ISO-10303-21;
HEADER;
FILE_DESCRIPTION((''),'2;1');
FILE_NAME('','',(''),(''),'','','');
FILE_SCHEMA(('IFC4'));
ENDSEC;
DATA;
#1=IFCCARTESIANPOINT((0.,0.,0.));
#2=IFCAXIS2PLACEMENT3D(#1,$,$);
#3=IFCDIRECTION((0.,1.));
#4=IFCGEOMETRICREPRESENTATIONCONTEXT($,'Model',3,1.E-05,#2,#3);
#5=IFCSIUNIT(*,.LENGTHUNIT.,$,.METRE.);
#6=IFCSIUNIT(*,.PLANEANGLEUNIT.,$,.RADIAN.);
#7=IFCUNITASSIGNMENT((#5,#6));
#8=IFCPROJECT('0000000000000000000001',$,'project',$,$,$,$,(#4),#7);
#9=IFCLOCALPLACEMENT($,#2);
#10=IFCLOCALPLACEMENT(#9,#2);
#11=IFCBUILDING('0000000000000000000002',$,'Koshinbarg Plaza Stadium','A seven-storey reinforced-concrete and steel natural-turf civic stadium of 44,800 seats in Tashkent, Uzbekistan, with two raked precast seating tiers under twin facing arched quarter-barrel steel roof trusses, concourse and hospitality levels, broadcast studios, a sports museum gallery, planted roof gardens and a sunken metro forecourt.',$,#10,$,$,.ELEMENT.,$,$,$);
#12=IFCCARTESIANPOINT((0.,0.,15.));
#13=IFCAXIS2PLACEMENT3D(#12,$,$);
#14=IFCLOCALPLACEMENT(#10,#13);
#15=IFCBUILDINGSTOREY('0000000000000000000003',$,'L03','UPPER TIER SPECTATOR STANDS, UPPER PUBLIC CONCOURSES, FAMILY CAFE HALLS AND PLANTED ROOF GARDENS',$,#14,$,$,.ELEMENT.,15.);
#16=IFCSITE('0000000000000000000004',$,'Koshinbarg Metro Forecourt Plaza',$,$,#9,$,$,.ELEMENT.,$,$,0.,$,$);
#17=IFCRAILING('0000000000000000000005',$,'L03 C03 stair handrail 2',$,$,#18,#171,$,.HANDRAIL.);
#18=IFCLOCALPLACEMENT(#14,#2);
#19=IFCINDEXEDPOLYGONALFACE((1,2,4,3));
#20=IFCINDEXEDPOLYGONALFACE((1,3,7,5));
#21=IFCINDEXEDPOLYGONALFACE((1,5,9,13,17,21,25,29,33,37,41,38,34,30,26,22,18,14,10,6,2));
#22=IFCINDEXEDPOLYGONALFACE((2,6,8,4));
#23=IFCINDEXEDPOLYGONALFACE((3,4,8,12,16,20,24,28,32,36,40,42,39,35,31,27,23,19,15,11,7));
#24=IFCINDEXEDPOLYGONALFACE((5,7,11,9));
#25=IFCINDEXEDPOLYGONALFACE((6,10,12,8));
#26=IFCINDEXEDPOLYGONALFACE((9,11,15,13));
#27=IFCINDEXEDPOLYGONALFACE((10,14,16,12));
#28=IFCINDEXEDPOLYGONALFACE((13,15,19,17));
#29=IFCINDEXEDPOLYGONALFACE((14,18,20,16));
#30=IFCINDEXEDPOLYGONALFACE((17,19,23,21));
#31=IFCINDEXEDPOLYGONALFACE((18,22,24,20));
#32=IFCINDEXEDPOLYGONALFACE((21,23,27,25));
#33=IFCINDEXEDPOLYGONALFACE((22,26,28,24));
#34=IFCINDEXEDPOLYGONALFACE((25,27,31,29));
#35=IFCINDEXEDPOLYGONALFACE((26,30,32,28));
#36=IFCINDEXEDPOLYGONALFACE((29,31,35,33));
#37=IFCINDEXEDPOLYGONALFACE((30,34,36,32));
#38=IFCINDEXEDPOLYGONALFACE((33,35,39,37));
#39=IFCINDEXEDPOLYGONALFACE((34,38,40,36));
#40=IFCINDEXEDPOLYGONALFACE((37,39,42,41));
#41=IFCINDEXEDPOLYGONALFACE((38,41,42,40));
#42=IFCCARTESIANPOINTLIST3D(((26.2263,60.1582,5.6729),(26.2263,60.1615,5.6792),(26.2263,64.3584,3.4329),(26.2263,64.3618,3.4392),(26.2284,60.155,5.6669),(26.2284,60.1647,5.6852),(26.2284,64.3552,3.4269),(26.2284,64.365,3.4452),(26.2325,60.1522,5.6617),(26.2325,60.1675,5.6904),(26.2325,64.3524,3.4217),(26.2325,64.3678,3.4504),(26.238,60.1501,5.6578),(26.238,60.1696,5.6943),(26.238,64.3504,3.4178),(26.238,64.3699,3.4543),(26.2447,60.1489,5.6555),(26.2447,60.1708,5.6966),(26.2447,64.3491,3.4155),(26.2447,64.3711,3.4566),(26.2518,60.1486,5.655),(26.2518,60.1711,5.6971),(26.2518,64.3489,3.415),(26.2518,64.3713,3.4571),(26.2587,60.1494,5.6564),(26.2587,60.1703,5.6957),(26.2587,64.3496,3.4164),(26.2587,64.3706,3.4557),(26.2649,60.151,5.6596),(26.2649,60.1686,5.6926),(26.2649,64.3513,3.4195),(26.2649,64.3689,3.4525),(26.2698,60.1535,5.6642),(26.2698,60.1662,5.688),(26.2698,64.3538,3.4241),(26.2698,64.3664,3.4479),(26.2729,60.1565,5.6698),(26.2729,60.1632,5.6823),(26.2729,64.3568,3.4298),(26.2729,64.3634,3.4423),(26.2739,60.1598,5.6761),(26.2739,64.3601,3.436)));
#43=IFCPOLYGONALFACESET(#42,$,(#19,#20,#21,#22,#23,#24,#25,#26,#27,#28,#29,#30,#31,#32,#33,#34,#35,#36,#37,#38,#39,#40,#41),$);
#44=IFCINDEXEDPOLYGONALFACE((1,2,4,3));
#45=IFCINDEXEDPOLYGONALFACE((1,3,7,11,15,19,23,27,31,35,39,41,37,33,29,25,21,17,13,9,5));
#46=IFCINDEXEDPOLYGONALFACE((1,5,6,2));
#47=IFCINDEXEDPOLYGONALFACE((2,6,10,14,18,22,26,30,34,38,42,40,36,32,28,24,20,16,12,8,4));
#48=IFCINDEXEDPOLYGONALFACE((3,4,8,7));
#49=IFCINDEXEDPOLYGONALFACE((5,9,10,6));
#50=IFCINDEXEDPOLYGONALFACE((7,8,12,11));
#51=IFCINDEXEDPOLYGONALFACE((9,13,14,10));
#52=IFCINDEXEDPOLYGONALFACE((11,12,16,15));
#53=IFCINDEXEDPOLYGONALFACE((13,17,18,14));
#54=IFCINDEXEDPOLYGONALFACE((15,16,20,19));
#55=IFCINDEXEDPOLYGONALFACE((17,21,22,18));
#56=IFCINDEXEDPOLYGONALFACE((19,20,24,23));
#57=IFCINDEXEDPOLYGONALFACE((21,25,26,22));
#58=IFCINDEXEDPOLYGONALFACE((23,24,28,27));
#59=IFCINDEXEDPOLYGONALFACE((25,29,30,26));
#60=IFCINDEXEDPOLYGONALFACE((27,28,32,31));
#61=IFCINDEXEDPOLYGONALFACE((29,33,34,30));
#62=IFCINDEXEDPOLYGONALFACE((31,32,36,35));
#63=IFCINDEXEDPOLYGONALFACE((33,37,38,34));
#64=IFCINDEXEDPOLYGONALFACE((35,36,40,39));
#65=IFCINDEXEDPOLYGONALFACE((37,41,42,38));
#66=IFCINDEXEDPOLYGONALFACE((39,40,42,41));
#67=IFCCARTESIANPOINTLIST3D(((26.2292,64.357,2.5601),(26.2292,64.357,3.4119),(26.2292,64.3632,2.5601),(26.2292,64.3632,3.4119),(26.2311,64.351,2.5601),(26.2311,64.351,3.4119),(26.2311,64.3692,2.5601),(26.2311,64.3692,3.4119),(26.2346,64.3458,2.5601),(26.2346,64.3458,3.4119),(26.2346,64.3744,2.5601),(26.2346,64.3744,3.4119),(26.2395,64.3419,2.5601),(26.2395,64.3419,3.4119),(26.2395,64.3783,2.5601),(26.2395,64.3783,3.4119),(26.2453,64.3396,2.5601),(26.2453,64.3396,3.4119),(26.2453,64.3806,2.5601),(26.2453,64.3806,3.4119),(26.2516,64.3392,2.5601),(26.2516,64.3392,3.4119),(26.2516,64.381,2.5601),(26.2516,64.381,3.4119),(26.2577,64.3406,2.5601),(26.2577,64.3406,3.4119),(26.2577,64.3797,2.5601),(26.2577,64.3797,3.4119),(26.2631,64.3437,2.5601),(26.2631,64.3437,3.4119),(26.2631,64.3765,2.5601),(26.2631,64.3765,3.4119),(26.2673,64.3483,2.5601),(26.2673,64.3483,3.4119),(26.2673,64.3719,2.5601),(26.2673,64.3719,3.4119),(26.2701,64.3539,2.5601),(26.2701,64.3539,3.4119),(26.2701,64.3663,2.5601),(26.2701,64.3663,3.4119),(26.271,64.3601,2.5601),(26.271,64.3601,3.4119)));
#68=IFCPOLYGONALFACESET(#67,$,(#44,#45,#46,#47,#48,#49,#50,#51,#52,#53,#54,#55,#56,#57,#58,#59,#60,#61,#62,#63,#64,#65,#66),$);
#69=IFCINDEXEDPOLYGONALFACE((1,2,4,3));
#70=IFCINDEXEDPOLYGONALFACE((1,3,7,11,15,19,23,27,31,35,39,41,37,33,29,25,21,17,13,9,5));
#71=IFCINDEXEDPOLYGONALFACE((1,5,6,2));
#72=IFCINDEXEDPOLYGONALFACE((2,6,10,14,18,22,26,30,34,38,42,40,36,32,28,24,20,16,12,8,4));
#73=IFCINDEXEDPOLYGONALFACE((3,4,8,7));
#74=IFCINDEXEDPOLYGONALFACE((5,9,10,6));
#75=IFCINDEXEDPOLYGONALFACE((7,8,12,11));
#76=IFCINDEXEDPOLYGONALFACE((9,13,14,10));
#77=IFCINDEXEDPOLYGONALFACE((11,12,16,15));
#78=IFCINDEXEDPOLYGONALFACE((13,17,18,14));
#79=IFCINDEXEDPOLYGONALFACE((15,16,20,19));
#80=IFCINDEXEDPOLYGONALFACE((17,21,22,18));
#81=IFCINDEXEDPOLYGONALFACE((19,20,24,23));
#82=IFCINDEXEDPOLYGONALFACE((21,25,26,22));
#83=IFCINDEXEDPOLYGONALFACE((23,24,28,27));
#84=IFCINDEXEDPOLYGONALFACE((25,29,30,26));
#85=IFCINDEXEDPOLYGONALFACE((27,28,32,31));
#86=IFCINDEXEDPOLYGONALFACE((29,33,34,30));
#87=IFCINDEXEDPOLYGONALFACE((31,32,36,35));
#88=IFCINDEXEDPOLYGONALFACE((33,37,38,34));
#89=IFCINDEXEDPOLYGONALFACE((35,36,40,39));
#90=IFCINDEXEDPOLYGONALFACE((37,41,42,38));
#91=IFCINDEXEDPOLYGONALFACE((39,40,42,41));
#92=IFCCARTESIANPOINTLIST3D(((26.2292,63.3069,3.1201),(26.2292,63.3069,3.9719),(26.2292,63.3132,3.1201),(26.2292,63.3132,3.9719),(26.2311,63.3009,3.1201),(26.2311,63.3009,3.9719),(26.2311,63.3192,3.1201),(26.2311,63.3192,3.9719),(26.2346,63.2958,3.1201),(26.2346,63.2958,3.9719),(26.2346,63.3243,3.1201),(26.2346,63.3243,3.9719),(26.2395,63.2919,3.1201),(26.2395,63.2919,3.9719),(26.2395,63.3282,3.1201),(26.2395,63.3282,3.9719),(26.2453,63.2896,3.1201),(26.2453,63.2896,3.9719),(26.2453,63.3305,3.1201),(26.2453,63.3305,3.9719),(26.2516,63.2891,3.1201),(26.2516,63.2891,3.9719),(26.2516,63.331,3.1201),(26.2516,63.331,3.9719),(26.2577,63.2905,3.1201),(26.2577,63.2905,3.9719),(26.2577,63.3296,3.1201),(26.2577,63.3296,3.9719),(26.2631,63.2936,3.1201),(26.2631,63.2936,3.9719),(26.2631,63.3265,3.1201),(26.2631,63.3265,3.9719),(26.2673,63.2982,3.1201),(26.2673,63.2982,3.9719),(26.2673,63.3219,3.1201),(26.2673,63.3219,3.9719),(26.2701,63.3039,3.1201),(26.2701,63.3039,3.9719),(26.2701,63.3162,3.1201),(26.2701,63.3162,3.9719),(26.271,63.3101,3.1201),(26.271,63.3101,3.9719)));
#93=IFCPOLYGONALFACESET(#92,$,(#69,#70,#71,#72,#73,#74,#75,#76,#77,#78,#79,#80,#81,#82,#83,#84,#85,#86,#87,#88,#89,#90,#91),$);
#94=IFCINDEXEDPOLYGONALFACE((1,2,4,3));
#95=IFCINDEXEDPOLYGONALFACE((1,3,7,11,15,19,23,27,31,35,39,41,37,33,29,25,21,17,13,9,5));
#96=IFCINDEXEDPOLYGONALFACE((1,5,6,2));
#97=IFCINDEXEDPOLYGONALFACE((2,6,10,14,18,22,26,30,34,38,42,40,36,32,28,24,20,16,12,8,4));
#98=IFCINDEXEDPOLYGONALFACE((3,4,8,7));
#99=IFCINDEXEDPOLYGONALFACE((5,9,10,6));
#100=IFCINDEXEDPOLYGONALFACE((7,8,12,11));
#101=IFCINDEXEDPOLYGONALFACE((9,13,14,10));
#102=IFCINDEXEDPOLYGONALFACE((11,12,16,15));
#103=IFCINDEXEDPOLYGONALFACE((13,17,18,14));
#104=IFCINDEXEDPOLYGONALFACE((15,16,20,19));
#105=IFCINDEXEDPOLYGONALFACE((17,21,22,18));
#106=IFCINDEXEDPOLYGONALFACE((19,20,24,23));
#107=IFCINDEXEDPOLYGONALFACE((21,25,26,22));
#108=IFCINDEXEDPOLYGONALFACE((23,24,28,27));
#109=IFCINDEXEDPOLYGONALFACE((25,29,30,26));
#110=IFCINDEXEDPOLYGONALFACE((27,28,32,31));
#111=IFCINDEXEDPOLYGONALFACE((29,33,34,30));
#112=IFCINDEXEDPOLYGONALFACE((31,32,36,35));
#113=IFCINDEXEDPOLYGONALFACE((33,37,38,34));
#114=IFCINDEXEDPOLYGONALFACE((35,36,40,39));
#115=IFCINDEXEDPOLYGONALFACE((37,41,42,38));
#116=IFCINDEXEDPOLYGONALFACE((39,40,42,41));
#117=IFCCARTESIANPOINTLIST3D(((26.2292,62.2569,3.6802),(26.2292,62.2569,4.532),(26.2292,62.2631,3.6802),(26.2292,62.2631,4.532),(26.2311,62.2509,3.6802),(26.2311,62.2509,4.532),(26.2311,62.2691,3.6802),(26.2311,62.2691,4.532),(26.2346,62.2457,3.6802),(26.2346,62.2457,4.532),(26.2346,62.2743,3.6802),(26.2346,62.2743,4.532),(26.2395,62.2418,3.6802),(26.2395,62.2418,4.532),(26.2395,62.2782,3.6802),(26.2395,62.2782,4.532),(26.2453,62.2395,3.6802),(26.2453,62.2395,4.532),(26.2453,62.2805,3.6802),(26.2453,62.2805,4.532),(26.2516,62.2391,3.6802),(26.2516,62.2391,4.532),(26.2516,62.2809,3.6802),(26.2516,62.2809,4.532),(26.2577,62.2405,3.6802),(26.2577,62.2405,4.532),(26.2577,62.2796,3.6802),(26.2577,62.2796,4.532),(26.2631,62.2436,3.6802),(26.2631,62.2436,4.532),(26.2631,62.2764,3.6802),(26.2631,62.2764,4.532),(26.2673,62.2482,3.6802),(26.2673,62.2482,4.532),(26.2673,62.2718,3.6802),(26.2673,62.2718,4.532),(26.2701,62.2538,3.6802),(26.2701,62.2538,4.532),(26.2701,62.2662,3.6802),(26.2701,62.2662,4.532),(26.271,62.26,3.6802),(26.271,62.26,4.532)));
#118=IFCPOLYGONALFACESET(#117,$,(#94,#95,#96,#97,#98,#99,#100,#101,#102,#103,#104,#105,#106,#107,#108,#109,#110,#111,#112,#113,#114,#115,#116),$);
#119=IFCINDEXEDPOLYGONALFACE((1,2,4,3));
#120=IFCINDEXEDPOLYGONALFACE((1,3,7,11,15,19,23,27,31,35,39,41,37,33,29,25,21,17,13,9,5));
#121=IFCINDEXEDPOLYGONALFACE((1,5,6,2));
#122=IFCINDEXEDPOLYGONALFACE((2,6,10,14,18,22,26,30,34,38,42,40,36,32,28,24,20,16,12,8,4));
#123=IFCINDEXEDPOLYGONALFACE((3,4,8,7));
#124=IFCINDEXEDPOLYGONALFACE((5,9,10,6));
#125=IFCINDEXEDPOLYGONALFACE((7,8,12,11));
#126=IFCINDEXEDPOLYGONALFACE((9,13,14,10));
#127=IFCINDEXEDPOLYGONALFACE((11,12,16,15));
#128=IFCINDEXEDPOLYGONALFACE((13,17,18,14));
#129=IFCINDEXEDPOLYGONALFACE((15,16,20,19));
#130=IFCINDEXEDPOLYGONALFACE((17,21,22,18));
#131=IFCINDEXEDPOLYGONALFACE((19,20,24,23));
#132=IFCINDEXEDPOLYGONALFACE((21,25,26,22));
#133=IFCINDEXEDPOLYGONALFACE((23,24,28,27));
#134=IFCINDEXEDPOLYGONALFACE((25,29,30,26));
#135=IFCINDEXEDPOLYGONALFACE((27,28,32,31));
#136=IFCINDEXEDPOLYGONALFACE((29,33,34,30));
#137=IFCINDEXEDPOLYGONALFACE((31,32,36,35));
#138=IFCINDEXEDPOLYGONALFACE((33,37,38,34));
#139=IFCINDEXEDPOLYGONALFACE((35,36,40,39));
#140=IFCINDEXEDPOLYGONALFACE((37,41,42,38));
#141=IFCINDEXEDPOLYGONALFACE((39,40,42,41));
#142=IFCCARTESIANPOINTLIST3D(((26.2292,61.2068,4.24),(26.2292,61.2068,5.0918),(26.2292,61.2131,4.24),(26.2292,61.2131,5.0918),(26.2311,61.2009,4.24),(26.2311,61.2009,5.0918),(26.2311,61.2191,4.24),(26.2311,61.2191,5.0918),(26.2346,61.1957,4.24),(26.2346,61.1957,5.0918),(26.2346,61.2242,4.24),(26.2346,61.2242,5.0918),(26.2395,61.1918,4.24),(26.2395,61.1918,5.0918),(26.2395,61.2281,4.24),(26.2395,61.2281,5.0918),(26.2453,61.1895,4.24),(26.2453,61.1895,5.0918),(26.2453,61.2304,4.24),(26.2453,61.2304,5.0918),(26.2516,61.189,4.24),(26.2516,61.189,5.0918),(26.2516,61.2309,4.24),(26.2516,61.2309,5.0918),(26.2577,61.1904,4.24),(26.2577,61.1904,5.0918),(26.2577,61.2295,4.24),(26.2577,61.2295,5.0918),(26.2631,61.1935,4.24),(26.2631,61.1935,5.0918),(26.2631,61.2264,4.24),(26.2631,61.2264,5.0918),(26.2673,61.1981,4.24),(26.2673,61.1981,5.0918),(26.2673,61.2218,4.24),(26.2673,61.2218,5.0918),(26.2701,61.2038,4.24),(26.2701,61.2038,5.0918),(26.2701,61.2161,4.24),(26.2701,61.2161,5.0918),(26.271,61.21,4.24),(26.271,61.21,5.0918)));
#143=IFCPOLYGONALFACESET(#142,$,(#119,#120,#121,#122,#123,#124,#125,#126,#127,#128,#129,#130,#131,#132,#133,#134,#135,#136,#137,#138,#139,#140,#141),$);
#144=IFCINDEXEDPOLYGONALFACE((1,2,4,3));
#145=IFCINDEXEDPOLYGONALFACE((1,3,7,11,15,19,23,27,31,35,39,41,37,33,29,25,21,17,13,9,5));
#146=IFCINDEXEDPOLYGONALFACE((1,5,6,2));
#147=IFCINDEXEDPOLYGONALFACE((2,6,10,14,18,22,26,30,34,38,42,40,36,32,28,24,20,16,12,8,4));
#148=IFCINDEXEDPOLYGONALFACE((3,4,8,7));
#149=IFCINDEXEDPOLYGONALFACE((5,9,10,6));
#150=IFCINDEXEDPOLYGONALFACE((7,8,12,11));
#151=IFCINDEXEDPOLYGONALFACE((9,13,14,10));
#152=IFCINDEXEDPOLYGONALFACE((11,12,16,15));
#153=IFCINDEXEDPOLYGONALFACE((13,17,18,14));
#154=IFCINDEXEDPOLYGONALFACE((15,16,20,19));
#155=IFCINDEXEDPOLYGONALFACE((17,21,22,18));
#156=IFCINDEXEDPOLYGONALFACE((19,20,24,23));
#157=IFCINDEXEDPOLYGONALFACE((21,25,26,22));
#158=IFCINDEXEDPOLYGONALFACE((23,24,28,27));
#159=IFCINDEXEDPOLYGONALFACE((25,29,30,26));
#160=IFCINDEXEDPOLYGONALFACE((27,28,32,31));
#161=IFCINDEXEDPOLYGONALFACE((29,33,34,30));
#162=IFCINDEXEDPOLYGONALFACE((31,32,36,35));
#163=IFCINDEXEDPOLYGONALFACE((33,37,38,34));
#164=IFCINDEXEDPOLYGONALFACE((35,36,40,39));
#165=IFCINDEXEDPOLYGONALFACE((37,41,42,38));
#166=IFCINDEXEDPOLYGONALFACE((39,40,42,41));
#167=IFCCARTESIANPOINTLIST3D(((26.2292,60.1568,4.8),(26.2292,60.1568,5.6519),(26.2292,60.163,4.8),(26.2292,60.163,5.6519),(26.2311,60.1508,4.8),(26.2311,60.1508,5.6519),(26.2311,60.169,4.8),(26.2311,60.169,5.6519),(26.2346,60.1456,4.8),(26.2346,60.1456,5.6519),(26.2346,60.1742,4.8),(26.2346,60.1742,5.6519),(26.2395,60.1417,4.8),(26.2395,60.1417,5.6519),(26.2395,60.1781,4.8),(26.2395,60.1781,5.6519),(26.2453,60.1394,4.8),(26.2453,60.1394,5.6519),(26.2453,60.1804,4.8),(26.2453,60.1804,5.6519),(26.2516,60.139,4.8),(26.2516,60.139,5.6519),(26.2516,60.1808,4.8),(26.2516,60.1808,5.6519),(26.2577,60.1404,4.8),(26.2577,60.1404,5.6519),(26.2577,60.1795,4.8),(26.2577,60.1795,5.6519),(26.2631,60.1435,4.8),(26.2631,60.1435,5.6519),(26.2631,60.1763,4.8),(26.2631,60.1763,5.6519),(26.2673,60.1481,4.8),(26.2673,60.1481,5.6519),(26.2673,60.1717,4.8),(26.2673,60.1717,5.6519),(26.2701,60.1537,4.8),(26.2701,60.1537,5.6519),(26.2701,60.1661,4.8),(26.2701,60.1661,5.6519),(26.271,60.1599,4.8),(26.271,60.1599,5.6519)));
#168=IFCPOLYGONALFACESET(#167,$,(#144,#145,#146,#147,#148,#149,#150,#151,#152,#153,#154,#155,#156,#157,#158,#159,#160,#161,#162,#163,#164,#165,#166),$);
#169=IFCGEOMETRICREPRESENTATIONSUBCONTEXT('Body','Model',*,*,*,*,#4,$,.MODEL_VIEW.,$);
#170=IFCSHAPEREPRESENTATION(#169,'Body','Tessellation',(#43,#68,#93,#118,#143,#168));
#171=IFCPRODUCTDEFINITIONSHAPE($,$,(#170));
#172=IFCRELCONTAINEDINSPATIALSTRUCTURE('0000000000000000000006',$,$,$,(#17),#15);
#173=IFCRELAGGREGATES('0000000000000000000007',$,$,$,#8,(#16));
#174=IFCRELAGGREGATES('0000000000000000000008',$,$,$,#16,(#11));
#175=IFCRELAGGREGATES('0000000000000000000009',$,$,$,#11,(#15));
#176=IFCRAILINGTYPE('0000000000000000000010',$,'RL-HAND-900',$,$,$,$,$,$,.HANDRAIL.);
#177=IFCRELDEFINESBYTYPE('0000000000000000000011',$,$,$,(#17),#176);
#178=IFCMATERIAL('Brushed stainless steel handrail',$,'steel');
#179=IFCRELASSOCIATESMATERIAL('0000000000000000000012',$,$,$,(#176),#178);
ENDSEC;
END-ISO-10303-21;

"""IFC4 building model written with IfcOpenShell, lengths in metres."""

from ifc_helpers import new_model, si_unit, direction, frame, origin, origin_2d, place, context, subcontext, project, spatial, circle, extrude, material, type_object, element, save


model = new_model("IFC4")

# Units and contexts
model_context = context("Model", 3, precision=1e-05, world=origin(), true_north=direction((0.0, 1.0)))
body_context = subcontext(model_context, "Body", "Model", "MODEL_VIEW")
ifc_project = project(units=[si_unit("LENGTHUNIT", "METRE"), si_unit("PLANEANGLEUNIT", "RADIAN")], contexts=[model_context])

# Site, building, storey
site_placement = place(None, origin())
site = spatial("IfcSite", under=ifc_project, at=site_placement, Name="Koshinbarg Metro Forecourt Plaza", CompositionType="ELEMENT", RefElevation=0.0)
building_placement = place(site_placement, origin())
building = spatial("IfcBuilding", under=site, at=building_placement, Name="Koshinbarg Plaza Stadium", Description="A seven-storey reinforced-concrete and steel natural-turf civic stadium of 44,800 seats in Tashkent, Uzbekistan, with two raked precast seating tiers under twin facing arched quarter-barrel steel roof trusses, concourse and hospitality levels, broadcast studios, a sports museum gallery, planted roof gardens and a sunken metro forecourt.", CompositionType="ELEMENT")
storey_placement = place(building_placement, frame((0.0, 0.0, 15.0)))
storey = spatial("IfcBuildingStorey", under=building, at=storey_placement, Name="L03", Description="UPPER TIER SPECTATOR STANDS, UPPER PUBLIC CONCOURSES, FAMILY CAFE HALLS AND PLANTED ROOF GARDENS", CompositionType="ELEMENT", Elevation=15.0)

# Railing
ifc_material_1 = material(Name="Brushed stainless steel handrail", Category="steel")
railing_type_1 = type_object("IfcRailingType", Name="RL-HAND-900", PredefinedType="HANDRAIL", material=ifc_material_1)
for number, where, name in (
    (1, (26.25, 64.3601, 2.5601), "L03 C03 stair handrail 2"),
):
    element("IfcRailing", number, at=place(storey_placement, frame(where)), inside=storey, type_object=railing_type_1, Name=name, PredefinedType="HANDRAIL", context=body_context, shape_type="SweptSolid", body=[
        extrude(circle(Radius=0.0239, at=origin_2d()), frame((0.0, 0.0, 0.876), z_axis=(0.0, -0.882363, 0.47057), x_axis=(1.0, 0.0, 0.0)), (0.0, 0.0, 1.0), 4.7603),
        extrude(circle(Radius=0.021, at=origin_2d()), origin(), (0.0, 0.0, 1.0), 0.8518),
        extrude(circle(Radius=0.021, at=origin_2d()), frame((0.0, -1.05, 0.5601)), (0.0, 0.0, 1.0), 0.8518),
        extrude(circle(Radius=0.021, at=origin_2d()), frame((0.0, -2.1001, 1.1201)), (0.0, 0.0, 1.0), 0.8518),
        extrude(circle(Radius=0.021, at=origin_2d()), frame((0.0, -3.1501, 1.6799)), (0.0, 0.0, 1.0), 0.8518),
        extrude(circle(Radius=0.021, at=origin_2d()), frame((0.0, -4.2002, 2.24)), (0.0, 0.0, 1.0), 0.8518),
    ])

save(model, "model.ifc")
